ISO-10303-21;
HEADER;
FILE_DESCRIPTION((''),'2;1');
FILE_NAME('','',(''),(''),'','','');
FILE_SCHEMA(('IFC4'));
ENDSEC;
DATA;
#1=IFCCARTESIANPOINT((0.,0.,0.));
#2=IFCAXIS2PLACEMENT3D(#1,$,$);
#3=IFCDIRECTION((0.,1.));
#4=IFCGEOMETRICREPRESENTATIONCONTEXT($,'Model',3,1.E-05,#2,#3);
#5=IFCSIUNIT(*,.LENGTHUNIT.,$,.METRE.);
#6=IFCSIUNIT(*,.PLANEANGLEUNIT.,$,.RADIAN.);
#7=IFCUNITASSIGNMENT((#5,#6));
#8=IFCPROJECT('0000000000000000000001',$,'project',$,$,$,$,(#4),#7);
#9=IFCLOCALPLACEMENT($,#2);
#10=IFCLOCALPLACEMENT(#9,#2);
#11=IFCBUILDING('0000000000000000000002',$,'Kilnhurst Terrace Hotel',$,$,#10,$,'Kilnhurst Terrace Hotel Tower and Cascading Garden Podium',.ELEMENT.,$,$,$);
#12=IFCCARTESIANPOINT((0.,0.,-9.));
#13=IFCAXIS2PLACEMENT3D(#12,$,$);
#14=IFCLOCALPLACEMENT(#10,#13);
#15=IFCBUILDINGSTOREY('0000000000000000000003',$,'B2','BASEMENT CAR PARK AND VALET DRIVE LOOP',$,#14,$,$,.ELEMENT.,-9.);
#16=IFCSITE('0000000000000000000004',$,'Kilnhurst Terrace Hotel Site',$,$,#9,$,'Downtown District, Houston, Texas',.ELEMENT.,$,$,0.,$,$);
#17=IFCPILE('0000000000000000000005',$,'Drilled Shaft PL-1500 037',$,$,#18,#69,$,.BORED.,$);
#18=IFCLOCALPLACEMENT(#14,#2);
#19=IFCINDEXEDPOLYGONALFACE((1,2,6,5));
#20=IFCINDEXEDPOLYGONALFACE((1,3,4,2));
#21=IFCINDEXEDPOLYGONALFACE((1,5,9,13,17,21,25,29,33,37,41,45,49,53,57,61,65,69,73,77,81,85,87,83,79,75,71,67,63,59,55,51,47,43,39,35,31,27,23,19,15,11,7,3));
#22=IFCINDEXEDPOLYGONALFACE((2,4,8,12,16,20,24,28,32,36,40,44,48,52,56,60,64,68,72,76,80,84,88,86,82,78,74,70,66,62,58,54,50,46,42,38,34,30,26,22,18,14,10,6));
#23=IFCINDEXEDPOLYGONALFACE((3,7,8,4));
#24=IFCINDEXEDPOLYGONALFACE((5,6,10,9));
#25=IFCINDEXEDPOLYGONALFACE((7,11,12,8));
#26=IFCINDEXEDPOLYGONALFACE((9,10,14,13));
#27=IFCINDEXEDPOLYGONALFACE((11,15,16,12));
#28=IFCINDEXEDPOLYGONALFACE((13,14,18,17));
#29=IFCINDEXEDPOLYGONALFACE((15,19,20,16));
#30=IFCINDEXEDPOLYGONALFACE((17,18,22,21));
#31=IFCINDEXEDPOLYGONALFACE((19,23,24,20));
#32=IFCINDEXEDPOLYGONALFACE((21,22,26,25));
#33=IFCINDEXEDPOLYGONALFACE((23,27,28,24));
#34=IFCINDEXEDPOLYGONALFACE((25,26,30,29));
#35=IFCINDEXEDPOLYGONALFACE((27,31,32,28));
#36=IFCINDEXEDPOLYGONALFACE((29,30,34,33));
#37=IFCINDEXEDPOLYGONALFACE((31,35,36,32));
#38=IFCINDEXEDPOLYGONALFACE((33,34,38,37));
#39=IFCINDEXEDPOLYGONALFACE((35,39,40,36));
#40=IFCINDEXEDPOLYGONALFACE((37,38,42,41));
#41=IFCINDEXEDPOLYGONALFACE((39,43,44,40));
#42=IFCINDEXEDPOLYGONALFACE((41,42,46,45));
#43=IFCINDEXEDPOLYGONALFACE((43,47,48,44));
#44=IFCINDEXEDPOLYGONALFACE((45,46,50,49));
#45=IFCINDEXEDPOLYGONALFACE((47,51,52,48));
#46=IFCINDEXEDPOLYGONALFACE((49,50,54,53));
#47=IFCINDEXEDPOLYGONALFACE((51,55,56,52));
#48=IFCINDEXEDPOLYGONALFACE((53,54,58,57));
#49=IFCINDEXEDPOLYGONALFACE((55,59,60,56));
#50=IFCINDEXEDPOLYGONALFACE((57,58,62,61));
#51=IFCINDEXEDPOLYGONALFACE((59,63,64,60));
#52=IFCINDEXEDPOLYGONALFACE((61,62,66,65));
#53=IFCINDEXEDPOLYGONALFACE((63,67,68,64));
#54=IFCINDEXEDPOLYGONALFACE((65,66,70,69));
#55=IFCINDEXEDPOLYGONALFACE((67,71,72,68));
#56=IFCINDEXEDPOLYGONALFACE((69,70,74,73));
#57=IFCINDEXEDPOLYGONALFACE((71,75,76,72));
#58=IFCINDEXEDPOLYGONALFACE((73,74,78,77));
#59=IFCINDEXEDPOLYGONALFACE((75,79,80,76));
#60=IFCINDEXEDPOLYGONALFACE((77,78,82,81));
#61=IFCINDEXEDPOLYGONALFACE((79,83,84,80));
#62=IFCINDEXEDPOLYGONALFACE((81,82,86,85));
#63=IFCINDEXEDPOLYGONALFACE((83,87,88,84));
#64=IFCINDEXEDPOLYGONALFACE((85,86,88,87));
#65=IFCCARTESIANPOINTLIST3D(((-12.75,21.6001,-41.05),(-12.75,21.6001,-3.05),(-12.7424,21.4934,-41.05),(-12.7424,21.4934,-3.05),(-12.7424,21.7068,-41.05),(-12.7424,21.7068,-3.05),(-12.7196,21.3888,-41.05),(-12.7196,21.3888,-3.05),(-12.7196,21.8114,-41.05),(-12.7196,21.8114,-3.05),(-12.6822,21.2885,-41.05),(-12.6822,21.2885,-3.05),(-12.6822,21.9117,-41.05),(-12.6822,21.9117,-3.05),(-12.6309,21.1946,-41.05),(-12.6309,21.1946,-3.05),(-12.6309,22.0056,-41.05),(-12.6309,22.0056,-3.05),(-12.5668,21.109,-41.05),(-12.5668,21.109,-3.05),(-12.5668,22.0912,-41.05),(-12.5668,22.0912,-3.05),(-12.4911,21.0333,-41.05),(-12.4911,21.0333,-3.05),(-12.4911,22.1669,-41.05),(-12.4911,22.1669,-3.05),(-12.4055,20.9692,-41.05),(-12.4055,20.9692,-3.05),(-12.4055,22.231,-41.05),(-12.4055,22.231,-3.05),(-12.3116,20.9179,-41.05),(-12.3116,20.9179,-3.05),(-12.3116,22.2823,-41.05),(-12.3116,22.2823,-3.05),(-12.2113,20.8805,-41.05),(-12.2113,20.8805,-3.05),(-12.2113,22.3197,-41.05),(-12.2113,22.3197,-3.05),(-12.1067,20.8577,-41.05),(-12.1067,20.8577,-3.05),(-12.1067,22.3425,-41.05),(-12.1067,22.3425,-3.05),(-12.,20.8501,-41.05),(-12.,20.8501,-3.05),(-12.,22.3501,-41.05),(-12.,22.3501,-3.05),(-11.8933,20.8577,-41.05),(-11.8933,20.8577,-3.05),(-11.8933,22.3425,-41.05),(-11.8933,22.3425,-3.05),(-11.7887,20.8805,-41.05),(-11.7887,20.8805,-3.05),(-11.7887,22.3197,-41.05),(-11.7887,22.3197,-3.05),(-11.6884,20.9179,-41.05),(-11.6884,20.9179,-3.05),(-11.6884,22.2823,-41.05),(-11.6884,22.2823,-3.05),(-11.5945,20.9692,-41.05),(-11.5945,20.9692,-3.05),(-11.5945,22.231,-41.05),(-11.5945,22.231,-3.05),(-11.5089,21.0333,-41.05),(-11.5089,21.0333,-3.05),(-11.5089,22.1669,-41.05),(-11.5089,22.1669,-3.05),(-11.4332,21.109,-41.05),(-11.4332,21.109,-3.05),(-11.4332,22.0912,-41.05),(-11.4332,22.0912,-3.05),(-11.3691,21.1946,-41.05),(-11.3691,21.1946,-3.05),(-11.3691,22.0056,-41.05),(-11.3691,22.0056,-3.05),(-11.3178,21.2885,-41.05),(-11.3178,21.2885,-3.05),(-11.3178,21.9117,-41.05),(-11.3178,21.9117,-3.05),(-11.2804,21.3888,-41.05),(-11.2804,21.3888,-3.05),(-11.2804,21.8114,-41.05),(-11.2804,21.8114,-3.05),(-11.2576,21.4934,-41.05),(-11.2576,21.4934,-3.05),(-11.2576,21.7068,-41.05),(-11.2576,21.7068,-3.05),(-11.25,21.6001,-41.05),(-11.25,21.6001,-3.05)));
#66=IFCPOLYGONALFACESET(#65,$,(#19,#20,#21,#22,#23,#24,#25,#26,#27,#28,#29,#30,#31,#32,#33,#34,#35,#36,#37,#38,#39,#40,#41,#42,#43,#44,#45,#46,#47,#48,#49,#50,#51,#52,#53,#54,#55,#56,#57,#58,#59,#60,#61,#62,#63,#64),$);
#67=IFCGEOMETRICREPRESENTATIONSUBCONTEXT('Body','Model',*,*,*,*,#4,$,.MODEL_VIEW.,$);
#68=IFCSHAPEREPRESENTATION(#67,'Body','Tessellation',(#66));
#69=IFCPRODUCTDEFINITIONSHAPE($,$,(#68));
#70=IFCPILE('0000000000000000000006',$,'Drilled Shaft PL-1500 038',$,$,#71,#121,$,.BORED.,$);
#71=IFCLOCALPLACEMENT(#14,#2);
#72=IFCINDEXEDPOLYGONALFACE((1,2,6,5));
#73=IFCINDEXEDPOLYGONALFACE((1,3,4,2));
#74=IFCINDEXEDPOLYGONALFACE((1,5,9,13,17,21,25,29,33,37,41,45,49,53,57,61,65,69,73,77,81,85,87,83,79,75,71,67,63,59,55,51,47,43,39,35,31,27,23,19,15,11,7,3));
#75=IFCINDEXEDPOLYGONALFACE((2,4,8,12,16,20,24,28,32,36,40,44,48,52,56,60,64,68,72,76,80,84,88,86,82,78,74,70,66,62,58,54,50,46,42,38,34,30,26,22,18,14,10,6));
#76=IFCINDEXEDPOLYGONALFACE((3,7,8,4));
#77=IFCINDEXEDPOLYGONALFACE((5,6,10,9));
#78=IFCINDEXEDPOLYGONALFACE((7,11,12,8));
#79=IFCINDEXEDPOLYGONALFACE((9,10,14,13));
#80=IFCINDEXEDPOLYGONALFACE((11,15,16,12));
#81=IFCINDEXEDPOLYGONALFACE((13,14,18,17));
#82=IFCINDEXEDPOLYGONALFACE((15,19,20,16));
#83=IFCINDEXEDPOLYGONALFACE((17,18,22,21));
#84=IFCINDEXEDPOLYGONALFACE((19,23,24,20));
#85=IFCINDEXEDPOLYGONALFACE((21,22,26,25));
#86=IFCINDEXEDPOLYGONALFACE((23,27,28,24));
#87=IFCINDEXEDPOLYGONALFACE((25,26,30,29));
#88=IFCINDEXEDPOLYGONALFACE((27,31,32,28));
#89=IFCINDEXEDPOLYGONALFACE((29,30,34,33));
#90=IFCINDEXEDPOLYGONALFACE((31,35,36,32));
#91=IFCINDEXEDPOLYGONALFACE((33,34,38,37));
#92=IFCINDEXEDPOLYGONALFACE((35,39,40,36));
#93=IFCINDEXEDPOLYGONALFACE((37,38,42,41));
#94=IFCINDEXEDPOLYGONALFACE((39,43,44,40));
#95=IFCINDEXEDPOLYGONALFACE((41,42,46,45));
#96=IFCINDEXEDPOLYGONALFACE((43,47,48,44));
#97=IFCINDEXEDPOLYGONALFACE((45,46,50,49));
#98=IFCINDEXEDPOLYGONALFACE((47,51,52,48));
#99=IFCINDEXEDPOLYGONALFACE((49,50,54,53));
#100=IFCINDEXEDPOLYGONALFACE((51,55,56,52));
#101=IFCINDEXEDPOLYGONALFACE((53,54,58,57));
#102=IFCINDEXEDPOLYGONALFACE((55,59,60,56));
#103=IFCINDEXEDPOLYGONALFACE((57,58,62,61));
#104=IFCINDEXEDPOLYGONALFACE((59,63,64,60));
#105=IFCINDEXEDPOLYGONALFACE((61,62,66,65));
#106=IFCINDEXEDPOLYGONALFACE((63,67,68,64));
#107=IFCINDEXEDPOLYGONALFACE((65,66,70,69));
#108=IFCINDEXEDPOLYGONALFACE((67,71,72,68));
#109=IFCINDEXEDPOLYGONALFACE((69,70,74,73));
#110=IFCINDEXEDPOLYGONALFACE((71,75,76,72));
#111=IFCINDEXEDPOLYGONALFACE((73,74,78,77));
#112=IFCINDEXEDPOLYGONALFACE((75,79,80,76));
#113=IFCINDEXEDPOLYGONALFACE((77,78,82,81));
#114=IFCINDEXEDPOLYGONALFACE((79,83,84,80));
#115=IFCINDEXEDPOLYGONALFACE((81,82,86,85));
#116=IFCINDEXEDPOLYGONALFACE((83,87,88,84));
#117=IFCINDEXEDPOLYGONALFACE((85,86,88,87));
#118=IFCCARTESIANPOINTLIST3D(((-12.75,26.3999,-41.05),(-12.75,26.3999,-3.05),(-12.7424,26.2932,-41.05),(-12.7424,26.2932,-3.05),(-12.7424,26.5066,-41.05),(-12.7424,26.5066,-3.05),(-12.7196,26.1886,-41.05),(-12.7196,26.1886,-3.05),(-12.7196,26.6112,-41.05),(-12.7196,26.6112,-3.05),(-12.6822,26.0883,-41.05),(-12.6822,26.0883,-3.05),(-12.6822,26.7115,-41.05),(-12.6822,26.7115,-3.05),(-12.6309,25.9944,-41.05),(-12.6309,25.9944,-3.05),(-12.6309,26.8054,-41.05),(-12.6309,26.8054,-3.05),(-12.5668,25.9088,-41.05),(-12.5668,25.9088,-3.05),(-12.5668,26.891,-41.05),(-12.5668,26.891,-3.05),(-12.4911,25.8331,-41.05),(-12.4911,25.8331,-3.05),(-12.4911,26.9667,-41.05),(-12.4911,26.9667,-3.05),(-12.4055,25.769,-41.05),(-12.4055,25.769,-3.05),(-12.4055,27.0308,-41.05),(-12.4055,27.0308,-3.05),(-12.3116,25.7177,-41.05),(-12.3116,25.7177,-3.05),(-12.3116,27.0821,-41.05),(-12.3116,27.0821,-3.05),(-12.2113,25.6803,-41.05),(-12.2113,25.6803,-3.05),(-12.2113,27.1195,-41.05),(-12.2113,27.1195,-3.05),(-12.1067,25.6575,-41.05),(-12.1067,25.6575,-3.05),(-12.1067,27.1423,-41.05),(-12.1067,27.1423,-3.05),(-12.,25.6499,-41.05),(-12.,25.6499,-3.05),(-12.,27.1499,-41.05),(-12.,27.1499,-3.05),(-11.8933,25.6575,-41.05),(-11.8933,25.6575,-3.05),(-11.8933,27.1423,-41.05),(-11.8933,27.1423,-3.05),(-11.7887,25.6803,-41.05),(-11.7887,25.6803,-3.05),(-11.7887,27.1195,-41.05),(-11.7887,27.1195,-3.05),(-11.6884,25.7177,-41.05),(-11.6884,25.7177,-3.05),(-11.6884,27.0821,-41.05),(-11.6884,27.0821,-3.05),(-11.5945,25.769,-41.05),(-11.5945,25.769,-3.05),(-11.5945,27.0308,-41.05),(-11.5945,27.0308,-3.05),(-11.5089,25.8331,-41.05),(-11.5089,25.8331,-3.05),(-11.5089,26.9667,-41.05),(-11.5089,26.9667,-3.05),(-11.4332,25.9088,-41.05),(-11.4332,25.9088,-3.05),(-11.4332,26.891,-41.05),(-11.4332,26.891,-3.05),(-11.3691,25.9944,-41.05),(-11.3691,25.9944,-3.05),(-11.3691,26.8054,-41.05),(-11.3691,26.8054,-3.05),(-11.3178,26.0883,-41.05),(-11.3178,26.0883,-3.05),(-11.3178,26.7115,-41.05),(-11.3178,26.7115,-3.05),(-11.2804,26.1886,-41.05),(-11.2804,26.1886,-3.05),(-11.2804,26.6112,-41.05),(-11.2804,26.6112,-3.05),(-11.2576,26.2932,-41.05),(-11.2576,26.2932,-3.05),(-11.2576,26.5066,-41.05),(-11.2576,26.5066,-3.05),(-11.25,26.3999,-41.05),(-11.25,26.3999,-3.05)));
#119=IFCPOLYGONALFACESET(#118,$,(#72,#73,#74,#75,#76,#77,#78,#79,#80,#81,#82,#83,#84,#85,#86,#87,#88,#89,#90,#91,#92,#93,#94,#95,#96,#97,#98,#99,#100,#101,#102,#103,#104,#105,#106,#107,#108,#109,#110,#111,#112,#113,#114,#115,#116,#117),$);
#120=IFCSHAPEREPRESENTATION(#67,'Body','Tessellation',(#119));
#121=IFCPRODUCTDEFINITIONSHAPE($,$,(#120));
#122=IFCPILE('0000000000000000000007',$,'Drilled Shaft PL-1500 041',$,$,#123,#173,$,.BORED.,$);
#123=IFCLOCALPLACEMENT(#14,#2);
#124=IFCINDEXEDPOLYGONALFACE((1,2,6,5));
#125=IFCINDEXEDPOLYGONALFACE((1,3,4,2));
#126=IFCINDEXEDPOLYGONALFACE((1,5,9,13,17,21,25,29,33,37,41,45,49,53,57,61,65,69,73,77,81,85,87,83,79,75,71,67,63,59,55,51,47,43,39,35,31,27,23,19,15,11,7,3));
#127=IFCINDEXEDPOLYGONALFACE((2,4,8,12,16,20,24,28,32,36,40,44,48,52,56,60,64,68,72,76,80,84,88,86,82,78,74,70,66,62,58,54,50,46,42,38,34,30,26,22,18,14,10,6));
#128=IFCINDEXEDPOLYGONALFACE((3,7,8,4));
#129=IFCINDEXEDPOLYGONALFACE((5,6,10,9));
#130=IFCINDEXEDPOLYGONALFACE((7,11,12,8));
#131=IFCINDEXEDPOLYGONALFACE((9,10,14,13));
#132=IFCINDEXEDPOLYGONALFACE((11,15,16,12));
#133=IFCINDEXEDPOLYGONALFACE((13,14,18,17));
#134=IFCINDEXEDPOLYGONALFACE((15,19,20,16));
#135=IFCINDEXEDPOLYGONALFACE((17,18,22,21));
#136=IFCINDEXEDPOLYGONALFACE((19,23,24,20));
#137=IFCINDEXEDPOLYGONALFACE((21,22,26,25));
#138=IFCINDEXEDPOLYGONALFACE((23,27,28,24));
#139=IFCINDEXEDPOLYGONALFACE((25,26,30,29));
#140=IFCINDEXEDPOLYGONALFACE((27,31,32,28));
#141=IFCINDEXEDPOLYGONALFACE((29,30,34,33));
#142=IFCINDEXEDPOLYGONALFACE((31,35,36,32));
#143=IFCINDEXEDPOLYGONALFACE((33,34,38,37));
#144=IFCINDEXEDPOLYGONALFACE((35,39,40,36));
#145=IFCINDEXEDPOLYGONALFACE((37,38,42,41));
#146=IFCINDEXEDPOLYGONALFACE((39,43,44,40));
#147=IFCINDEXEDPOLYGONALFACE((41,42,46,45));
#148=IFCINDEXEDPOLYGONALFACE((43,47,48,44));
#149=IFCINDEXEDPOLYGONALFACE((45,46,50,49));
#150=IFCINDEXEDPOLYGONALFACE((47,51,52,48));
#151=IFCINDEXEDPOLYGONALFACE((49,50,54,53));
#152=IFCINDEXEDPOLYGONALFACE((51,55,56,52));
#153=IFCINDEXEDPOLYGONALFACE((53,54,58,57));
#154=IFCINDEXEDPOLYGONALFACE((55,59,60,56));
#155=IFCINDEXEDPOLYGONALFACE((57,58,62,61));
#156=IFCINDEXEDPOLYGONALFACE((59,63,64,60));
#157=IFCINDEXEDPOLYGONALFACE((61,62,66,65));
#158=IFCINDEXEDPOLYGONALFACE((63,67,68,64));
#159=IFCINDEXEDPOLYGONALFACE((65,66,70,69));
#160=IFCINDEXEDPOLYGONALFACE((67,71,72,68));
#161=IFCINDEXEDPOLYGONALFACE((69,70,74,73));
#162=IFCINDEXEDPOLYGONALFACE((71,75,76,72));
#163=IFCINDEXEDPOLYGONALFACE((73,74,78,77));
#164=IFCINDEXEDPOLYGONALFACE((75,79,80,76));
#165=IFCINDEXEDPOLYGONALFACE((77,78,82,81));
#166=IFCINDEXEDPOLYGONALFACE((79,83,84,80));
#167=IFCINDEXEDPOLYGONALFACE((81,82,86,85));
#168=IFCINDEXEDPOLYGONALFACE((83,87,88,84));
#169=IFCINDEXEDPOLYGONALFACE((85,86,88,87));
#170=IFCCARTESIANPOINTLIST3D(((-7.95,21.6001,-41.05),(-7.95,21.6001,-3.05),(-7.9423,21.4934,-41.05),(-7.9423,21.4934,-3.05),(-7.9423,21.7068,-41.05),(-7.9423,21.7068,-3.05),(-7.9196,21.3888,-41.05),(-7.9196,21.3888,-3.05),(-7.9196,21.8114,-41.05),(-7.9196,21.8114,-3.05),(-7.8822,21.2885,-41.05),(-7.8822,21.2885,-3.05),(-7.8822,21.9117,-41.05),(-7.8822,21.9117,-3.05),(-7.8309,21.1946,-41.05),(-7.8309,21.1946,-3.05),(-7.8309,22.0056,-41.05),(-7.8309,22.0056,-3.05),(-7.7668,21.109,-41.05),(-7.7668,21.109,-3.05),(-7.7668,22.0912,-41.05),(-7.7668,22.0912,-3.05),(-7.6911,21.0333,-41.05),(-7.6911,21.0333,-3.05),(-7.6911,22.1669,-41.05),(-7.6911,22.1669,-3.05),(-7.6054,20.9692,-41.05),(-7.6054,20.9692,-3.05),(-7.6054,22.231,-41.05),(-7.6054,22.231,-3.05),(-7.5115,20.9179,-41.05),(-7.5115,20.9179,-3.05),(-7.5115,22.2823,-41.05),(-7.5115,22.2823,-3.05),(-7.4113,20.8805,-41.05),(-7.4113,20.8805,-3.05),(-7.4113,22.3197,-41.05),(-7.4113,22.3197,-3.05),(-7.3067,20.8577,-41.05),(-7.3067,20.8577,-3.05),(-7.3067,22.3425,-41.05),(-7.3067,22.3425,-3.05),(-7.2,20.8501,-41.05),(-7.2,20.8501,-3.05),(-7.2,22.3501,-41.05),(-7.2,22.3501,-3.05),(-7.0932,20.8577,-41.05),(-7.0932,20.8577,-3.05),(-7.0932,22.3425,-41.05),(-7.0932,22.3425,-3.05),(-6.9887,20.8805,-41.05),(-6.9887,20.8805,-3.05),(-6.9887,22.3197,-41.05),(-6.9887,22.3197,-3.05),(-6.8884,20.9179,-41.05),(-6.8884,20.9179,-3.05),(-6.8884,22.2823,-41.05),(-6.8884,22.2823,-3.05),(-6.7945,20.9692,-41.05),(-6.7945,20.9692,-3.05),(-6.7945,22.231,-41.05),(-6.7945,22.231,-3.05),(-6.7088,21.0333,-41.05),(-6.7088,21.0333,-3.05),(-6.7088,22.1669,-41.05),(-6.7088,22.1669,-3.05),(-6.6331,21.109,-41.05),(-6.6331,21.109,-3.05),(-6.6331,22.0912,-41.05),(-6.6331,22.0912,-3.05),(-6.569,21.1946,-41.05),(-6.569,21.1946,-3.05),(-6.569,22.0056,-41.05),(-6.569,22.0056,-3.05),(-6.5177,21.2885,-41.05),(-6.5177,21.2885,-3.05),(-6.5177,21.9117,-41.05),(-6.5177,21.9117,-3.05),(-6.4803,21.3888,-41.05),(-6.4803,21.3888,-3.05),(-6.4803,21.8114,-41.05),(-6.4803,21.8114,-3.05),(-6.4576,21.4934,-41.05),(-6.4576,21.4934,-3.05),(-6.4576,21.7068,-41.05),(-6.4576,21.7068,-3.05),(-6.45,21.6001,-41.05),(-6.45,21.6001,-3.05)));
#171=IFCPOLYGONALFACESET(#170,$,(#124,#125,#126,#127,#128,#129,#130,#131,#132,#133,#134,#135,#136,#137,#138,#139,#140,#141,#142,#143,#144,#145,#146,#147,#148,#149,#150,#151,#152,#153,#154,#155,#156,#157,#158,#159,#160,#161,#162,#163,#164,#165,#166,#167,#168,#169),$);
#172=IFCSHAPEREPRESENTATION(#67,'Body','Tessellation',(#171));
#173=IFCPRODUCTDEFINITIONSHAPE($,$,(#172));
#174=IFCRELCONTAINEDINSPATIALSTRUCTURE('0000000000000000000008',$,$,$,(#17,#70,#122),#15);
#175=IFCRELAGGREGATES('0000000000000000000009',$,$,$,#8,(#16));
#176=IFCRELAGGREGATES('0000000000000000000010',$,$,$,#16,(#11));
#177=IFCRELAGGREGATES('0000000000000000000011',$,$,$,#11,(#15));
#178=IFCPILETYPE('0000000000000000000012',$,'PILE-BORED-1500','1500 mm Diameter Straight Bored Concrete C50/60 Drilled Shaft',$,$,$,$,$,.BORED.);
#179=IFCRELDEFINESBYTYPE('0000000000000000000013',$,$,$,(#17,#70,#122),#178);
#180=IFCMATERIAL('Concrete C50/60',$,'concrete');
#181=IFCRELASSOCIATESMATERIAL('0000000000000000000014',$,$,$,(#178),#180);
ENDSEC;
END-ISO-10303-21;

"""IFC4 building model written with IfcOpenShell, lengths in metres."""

from ifc_helpers import new_model, si_unit, direction, frame, origin, origin_2d, place, context, subcontext, project, spatial, circle, extrude, material, material_profile, profile_set, type_object, element, save


model = new_model("IFC4")

# Units and contexts
model_context = context("Model", 3, precision=1e-05, world=origin(), true_north=direction((0.0, 1.0)))
body_context = subcontext(model_context, "Body", "Model", "MODEL_VIEW")
ifc_project = project(units=[si_unit("LENGTHUNIT", "METRE"), si_unit("PLANEANGLEUNIT", "RADIAN")], contexts=[model_context])

# Site, building, storey
site_placement = place(None, origin())
site = spatial("IfcSite", under=ifc_project, at=site_placement, Name="Kilnhurst Terrace Hotel Site", LongName="Downtown District, Houston, Texas", CompositionType="ELEMENT", RefElevation=0.0)
building_placement = place(site_placement, origin())
building = spatial("IfcBuilding", under=site, at=building_placement, Name="Kilnhurst Terrace Hotel", LongName="Kilnhurst Terrace Hotel Tower and Cascading Garden Podium", CompositionType="ELEMENT")
storey_placement = place(building_placement, frame((0.0, 0.0, -9.0)))
storey = spatial("IfcBuildingStorey", under=building, at=storey_placement, Name="B2", Description="BASEMENT CAR PARK AND VALET DRIVE LOOP", CompositionType="ELEMENT", Elevation=-9.0)

# Piles
ifc_material_1 = material(Name="Concrete C50/60", Category="concrete")
ifc_material_profile_1 = material_profile(ifc_material_1, circle(Radius=0.75, at=origin_2d()), Name="PILE1500")
ifc_profile_set_1 = profile_set([ifc_material_profile_1], Name="Concrete C50/60")
pile_type_1 = type_object("IfcPileType", Name="PILE-BORED-1500", Description="1500 mm Diameter Straight Bored Concrete C50/60 Drilled Shaft", PredefinedType="BORED", material=ifc_profile_set_1)
for number, where, z_axis, x_axis, name in (
    (1, (-12.0, 21.6001, -3.05), (0.0, 0.0, -1.0), (1.0, 0.0, 0.0), "Drilled Shaft PL-1500 037"),
    (2, (-12.0, 26.3999, -3.05), (0.0, 0.0, -1.0), (1.0, 0.0, 0.0), "Drilled Shaft PL-1500 038"),
    (3, (-7.2, 21.6001, -3.05), (0.0, 0.0, -1.0), (1.0, 0.0, 0.0), "Drilled Shaft PL-1500 041"),
):
    element("IfcPile", number, at=place(storey_placement, frame(where, z_axis=z_axis, x_axis=x_axis)), inside=storey, type_object=pile_type_1, Name=name, PredefinedType="BORED", context=body_context, shape_type="SweptSolid", body=[
        extrude(circle(Radius=0.75, at=origin_2d()), origin(), (0.0, 0.0, 1.0), 38.0),
    ])

save(model, "model.ifc")
